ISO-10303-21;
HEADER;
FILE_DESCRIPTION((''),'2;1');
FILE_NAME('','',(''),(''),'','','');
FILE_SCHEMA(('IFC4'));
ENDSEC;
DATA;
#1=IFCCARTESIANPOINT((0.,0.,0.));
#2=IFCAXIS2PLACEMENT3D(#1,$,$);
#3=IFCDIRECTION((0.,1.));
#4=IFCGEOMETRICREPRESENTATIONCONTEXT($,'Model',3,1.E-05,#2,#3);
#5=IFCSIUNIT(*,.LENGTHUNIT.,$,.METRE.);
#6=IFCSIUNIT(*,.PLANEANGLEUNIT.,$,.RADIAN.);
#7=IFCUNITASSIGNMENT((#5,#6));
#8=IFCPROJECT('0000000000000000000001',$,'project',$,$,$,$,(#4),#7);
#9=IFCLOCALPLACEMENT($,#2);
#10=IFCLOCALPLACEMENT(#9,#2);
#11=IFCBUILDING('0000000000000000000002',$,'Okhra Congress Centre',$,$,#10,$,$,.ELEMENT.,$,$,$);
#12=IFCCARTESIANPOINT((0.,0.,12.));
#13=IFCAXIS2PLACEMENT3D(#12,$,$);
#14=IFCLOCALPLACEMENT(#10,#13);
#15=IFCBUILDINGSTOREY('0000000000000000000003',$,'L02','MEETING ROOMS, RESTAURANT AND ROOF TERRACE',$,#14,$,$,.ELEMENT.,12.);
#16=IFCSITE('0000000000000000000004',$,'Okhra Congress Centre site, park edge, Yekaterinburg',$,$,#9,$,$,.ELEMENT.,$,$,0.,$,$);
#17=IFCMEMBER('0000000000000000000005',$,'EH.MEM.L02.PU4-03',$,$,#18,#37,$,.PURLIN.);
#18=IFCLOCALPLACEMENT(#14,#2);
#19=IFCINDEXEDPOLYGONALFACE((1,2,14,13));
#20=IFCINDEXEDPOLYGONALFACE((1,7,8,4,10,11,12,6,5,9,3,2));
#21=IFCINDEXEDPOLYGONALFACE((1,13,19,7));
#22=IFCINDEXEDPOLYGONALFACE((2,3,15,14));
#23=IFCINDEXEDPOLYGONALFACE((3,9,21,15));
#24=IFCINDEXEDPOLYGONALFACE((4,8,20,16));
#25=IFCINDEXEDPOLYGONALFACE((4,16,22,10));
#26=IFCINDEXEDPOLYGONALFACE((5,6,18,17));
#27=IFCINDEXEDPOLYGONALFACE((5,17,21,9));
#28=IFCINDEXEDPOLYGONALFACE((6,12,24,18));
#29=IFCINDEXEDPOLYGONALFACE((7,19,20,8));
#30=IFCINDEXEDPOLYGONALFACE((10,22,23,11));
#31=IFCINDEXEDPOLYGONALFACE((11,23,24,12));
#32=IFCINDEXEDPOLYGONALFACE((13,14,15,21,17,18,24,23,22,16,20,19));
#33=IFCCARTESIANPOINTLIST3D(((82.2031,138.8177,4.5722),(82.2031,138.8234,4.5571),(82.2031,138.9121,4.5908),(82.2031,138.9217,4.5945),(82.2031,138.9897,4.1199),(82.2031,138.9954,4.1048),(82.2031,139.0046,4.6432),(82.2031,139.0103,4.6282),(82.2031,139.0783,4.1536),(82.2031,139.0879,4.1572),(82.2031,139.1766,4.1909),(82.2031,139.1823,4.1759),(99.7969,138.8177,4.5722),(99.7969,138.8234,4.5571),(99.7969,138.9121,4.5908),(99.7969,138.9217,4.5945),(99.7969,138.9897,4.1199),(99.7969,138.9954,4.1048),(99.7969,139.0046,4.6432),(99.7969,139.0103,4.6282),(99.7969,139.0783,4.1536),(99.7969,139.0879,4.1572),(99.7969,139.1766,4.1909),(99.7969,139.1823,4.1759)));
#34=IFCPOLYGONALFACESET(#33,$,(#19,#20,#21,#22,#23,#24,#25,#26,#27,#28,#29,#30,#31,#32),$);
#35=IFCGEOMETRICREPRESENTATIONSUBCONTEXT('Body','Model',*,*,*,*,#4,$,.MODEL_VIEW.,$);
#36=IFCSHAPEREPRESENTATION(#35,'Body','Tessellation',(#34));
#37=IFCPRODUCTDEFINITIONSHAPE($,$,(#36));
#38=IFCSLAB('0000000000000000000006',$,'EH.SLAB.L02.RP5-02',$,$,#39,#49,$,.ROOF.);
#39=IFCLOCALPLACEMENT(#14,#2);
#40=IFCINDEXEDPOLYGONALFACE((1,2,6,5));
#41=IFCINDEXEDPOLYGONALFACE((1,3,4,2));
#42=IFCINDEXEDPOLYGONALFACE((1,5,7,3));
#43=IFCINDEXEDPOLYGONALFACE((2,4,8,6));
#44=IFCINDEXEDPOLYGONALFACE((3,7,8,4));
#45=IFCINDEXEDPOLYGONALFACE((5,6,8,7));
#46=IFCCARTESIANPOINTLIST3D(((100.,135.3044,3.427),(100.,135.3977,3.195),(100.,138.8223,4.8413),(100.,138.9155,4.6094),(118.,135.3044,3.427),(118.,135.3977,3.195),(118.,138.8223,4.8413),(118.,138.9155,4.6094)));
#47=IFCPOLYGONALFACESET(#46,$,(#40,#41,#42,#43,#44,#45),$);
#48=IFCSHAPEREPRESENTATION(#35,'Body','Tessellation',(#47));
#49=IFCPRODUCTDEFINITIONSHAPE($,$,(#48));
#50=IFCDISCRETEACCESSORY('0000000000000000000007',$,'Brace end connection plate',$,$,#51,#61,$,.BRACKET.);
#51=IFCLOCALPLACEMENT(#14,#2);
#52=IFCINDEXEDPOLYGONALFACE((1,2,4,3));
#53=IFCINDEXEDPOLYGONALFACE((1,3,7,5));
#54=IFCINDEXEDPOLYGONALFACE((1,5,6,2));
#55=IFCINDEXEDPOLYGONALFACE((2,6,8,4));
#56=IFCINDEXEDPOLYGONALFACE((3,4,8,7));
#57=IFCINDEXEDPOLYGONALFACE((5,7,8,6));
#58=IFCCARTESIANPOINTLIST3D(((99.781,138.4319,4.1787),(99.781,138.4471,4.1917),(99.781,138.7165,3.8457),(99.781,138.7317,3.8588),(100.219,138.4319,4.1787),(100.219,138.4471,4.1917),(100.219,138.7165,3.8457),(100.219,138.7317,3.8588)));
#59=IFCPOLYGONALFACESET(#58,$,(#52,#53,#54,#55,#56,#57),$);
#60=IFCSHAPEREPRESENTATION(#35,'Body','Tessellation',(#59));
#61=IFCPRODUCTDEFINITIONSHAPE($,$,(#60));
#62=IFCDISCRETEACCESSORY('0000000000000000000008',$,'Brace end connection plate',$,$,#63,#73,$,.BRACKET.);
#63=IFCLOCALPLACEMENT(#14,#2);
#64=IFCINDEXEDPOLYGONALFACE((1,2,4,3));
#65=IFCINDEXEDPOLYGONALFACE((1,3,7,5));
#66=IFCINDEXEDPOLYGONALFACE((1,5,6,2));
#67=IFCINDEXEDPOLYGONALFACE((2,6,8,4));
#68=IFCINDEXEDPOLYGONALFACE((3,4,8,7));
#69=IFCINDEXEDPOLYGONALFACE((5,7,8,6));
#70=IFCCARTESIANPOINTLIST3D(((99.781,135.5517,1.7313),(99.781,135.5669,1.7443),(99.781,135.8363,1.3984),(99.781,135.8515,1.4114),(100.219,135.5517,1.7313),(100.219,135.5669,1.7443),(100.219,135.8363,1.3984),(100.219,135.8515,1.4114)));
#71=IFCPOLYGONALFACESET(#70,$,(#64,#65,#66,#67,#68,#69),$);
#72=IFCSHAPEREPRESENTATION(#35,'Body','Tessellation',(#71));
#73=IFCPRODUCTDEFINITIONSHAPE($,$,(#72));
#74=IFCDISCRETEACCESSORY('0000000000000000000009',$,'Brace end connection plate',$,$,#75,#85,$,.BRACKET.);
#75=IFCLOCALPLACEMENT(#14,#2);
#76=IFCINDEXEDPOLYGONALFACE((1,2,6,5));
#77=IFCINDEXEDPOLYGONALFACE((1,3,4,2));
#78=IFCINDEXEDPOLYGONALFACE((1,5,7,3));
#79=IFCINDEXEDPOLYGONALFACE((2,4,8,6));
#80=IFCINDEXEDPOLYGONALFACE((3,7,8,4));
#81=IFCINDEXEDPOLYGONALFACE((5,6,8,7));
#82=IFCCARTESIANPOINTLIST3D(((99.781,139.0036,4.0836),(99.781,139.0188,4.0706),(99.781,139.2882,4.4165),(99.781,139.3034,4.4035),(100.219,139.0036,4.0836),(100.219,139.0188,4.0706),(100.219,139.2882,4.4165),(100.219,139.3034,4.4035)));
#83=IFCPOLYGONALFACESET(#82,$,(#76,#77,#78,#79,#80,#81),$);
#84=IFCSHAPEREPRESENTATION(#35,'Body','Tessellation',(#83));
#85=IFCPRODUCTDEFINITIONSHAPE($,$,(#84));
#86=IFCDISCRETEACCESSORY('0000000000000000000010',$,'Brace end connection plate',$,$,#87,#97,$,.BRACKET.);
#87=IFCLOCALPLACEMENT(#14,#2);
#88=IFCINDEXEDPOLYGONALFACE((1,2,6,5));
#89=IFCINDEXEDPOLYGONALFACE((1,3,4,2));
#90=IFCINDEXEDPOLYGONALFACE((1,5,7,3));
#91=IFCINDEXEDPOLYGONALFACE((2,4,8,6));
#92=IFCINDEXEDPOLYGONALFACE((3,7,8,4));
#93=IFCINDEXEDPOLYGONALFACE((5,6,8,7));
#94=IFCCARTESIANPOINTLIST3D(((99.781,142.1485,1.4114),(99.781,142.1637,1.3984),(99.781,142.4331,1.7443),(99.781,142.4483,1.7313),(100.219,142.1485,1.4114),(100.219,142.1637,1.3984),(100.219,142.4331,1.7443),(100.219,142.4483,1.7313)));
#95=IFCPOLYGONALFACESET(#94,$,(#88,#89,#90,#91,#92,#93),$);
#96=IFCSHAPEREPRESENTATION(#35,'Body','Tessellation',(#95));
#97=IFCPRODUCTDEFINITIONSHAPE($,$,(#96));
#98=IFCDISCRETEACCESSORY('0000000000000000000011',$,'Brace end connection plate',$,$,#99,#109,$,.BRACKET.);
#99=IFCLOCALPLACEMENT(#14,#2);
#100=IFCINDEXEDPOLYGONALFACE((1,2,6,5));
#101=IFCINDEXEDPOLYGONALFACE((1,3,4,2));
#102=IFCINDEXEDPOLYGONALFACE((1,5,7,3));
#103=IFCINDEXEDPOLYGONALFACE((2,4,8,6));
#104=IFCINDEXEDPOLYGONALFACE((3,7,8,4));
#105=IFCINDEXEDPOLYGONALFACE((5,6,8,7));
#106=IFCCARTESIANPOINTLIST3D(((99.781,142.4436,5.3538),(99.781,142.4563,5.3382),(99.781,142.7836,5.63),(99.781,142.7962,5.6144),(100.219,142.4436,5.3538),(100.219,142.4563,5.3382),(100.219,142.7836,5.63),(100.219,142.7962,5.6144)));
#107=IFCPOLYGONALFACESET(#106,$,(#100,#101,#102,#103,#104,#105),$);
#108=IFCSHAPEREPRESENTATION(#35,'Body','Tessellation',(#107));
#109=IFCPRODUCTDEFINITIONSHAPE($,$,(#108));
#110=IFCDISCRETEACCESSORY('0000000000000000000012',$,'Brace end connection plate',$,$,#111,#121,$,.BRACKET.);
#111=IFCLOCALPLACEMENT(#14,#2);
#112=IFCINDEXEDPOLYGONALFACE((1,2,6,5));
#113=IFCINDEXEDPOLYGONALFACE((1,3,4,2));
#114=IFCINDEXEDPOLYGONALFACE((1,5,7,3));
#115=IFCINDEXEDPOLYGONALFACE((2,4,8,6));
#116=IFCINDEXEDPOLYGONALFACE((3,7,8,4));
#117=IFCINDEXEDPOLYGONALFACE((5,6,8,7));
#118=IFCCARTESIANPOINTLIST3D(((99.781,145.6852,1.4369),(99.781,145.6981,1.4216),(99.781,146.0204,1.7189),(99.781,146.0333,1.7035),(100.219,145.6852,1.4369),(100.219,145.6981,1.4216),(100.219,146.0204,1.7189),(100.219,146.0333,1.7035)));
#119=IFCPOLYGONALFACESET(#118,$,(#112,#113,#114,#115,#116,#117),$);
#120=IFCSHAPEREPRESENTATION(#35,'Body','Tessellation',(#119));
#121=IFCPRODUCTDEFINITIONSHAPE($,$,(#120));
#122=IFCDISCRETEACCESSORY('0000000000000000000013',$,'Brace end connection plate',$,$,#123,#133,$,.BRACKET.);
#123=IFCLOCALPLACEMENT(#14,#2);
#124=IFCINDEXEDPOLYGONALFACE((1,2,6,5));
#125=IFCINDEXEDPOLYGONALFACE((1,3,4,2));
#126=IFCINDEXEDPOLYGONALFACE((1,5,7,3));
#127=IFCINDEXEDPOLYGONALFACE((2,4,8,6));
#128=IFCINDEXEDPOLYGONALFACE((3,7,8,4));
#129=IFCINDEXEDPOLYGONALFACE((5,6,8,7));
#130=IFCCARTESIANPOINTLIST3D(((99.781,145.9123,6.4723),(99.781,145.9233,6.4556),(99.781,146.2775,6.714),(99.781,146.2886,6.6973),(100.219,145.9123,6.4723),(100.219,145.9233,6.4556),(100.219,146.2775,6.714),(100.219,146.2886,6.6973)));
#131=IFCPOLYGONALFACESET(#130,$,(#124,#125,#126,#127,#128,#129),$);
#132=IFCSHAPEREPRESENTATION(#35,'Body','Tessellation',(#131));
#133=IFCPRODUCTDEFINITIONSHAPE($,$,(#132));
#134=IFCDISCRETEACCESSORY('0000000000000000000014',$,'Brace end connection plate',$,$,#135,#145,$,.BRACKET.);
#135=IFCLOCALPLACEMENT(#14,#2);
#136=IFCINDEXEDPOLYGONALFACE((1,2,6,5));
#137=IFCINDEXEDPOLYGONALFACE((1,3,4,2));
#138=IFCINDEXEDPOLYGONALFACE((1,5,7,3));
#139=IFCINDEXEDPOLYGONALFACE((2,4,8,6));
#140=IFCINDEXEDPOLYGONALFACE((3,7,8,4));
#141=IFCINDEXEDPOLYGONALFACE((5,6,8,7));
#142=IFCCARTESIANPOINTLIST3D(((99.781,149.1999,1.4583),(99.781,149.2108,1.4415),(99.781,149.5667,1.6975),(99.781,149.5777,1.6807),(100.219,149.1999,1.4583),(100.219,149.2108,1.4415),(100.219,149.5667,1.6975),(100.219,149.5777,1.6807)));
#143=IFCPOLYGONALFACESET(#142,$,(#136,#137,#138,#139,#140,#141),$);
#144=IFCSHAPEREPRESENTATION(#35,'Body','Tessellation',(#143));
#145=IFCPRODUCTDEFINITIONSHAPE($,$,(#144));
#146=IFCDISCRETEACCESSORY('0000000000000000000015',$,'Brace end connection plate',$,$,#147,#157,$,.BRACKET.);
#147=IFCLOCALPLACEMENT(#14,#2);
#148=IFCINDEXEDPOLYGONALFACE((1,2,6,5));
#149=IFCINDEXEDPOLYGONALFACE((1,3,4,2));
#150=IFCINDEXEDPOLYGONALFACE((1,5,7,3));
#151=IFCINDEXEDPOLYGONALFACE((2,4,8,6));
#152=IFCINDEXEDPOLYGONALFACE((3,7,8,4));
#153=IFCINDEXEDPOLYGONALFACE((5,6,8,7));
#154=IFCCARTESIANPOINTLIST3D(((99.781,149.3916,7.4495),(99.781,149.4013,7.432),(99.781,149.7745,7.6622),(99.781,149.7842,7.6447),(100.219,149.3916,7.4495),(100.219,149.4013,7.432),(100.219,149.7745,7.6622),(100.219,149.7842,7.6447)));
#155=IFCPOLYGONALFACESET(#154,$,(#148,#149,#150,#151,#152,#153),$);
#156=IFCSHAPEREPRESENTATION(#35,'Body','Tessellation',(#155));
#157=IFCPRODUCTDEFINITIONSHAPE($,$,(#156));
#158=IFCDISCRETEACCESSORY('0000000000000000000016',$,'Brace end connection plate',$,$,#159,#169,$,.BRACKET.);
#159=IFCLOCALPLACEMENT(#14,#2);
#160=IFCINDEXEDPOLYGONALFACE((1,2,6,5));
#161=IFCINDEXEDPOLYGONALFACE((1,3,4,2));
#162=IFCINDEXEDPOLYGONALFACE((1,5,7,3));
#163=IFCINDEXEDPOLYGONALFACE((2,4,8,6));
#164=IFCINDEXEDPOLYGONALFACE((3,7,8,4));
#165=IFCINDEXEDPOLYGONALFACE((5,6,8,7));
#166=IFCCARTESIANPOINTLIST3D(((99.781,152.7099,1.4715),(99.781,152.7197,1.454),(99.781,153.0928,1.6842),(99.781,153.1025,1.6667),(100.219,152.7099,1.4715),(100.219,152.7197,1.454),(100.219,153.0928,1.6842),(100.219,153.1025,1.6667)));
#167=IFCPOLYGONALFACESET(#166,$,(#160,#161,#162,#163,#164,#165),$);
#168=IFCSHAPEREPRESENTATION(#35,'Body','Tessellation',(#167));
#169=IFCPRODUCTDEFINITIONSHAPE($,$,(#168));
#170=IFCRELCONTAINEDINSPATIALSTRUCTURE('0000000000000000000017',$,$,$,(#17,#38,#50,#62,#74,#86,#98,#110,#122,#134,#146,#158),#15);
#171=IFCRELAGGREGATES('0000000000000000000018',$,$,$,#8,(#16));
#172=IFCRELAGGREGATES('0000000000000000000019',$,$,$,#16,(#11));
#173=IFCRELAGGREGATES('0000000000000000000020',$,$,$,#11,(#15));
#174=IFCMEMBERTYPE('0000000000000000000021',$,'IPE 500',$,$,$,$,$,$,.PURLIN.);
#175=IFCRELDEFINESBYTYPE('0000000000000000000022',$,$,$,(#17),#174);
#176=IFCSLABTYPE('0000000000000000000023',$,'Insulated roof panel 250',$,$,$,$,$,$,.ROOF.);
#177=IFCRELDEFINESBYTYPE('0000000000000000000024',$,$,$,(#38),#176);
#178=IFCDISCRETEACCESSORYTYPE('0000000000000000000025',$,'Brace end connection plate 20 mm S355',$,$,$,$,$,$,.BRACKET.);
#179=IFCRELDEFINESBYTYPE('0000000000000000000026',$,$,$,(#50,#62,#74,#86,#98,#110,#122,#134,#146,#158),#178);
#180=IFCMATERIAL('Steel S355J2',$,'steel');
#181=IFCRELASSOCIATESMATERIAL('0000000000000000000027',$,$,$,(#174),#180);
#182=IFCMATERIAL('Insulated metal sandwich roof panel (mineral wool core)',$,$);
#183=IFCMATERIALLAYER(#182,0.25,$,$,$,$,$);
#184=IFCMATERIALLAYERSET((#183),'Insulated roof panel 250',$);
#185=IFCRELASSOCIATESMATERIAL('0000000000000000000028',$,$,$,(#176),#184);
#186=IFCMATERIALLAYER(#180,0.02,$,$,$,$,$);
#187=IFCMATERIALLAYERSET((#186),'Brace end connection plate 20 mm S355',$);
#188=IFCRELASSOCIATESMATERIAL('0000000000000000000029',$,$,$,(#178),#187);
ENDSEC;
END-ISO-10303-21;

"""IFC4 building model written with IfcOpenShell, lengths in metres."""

from ifc_helpers import new_model, si_unit, direction, frame, origin, origin_2d, place, context, subcontext, project, spatial, polyline, rectangle, i_section, outline, extrude, material, layer, layer_set, material_profile, profile_set, type_object, element, save


model = new_model("IFC4")

# Units and contexts
model_context = context("Model", 3, precision=1e-05, world=origin(), true_north=direction((0.0, 1.0)))
body_context = subcontext(model_context, "Body", "Model", "MODEL_VIEW")
ifc_project = project(units=[si_unit("LENGTHUNIT", "METRE"), si_unit("PLANEANGLEUNIT", "RADIAN")], contexts=[model_context])

# Site, building, storey
site_placement = place(None, origin())
site = spatial("IfcSite", under=ifc_project, at=site_placement, Name="Okhra Congress Centre site, park edge, Yekaterinburg", CompositionType="ELEMENT", RefElevation=0.0)
building_placement = place(site_placement, origin())
building = spatial("IfcBuilding", under=site, at=building_placement, Name="Okhra Congress Centre", CompositionType="ELEMENT")
storey_placement = place(building_placement, frame((0.0, 0.0, 12.0)))
storey = spatial("IfcBuildingStorey", under=building, at=storey_placement, Name="L02", Description="MEETING ROOMS, RESTAURANT AND ROOF TERRACE", CompositionType="ELEMENT", Elevation=12.0)

# Shared definitions
ifc_material_1 = material(Name="Steel S355J2", Category="steel")

# Member
ifc_material_profile_1 = material_profile(ifc_material_1, i_section(OverallWidth=0.2, OverallDepth=0.5, WebThickness=0.0103, FlangeThickness=0.0161, at=origin_2d()), Name="IPE 500")
ifc_profile_set_1 = profile_set([ifc_material_profile_1], Name="Steel S355J2")
member_type_1 = type_object("IfcMemberType", Name="IPE 500", PredefinedType="PURLIN", material=ifc_profile_set_1)
for number, where, z_axis, x_axis, name in (
    (1, (82.2031, 139.0, 4.374), (1.0, 0.0, 0.0), (0.0, 0.934733, 0.355351), "EH.MEM.L02.PU4-03"),
):
    element("IfcMember", number, at=place(storey_placement, frame(where, z_axis=z_axis, x_axis=x_axis)), inside=storey, type_object=member_type_1, Name=name, PredefinedType="PURLIN", context=body_context, shape_type="SweptSolid", body=[
        extrude(i_section(OverallWidth=0.2, OverallDepth=0.5, WebThickness=0.0103, FlangeThickness=0.0161, at=origin_2d()), origin(), (0.0, 0.0, 1.0), 17.5938),
    ])

# Slab
ifc_material_2 = material(Name="Insulated metal sandwich roof panel (mineral wool core)")
ifc_layer_1 = layer(ifc_material_2, 0.25)
ifc_layer_set_1 = layer_set([ifc_layer_1], Name="Insulated roof panel 250")
slab_type = type_object("IfcSlabType", Name="Insulated roof panel 250", PredefinedType="ROOF", material=ifc_layer_set_1)
slab_placement = place(storey_placement, frame((100.0, 135.3044, 3.427), z_axis=(0.0, -0.373022, 0.927822), x_axis=(1.0, 0.0, 0.0)))
element("IfcSlab", 2, at=slab_placement, inside=storey, type_object=slab_type, Name="EH.SLAB.L02.RP5-02", PredefinedType="ROOF", context=body_context, shape_type="SweptSolid", body=[
    extrude(outline(polyline([(0.0, 0.0), (18.0, 0.0), (18.0, 3.7915), (0.0, 3.7915), (0.0, 0.0)])), origin(), (0.0, 0.0, -1.0), 0.25),
])

# Discrete accessories
ifc_layer_2 = layer(ifc_material_1, 0.02)
ifc_layer_set_2 = layer_set([ifc_layer_2], Name="Brace end connection plate 20 mm S355")
discrete_accessory_type = type_object("IfcDiscreteAccessoryType", Name="Brace end connection plate 20 mm S355", PredefinedType="BRACKET", material=ifc_layer_set_2)
for number, where, z_axis, x_axis, name in (
    (3, (100.0, 138.5742, 4.0122), (0.0, 0.760121, 0.649781), (-1.0, 0.0, 0.0), "Brace end connection plate"),
    (4, (100.0, 135.7092, 1.5779), (0.0, -0.760121, -0.649781), (1.0, 0.0, 0.0), "Brace end connection plate"),
    (5, (100.0, 139.1611, 4.2371), (0.0, -0.760121, 0.649781), (1.0, 0.0, 0.0), "Brace end connection plate"),
    (6, (100.0, 142.2908, 1.5779), (0.0, 0.760121, -0.649781), (-1.0, 0.0, 0.0), "Brace end connection plate"),
    (7, (100.0, 142.6262, 5.4763), (0.0, -0.630593, 0.776114), (1.0, 0.0, 0.0), "Brace end connection plate"),
    (8, (100.0, 145.8528, 1.5779), (0.0, 0.643762, -0.765226), (-1.0, 0.0, 0.0), "Brace end connection plate"),
    (9, (100.0, 146.106, 6.5764), (0.0, -0.551867, 0.833932), (1.0, 0.0, 0.0), "Brace end connection plate"),
    (10, (100.0, 149.3833, 1.5779), (0.0, 0.546268, -0.837611), (-1.0, 0.0, 0.0), "Brace end connection plate"),
    (11, (100.0, 149.5928, 7.5383), (0.0, -0.485643, 0.874157), (1.0, 0.0, 0.0), "Brace end connection plate"),
    (12, (100.0, 152.9014, 1.5779), (0.0, 0.485643, -0.874157), (-1.0, 0.0, 0.0), "Brace end connection plate"),
):
    element("IfcDiscreteAccessory", number, at=place(storey_placement, frame(where, z_axis=z_axis, x_axis=x_axis)), inside=storey, type_object=discrete_accessory_type, Name=name, PredefinedType="BRACKET", context=body_context, shape_type="SweptSolid", body=[
        extrude(rectangle(XDim=0.438, YDim=0.438, at=origin_2d()), origin(), (0.0, 0.0, 1.0), 0.02),
    ])

save(model, "model.ifc")
